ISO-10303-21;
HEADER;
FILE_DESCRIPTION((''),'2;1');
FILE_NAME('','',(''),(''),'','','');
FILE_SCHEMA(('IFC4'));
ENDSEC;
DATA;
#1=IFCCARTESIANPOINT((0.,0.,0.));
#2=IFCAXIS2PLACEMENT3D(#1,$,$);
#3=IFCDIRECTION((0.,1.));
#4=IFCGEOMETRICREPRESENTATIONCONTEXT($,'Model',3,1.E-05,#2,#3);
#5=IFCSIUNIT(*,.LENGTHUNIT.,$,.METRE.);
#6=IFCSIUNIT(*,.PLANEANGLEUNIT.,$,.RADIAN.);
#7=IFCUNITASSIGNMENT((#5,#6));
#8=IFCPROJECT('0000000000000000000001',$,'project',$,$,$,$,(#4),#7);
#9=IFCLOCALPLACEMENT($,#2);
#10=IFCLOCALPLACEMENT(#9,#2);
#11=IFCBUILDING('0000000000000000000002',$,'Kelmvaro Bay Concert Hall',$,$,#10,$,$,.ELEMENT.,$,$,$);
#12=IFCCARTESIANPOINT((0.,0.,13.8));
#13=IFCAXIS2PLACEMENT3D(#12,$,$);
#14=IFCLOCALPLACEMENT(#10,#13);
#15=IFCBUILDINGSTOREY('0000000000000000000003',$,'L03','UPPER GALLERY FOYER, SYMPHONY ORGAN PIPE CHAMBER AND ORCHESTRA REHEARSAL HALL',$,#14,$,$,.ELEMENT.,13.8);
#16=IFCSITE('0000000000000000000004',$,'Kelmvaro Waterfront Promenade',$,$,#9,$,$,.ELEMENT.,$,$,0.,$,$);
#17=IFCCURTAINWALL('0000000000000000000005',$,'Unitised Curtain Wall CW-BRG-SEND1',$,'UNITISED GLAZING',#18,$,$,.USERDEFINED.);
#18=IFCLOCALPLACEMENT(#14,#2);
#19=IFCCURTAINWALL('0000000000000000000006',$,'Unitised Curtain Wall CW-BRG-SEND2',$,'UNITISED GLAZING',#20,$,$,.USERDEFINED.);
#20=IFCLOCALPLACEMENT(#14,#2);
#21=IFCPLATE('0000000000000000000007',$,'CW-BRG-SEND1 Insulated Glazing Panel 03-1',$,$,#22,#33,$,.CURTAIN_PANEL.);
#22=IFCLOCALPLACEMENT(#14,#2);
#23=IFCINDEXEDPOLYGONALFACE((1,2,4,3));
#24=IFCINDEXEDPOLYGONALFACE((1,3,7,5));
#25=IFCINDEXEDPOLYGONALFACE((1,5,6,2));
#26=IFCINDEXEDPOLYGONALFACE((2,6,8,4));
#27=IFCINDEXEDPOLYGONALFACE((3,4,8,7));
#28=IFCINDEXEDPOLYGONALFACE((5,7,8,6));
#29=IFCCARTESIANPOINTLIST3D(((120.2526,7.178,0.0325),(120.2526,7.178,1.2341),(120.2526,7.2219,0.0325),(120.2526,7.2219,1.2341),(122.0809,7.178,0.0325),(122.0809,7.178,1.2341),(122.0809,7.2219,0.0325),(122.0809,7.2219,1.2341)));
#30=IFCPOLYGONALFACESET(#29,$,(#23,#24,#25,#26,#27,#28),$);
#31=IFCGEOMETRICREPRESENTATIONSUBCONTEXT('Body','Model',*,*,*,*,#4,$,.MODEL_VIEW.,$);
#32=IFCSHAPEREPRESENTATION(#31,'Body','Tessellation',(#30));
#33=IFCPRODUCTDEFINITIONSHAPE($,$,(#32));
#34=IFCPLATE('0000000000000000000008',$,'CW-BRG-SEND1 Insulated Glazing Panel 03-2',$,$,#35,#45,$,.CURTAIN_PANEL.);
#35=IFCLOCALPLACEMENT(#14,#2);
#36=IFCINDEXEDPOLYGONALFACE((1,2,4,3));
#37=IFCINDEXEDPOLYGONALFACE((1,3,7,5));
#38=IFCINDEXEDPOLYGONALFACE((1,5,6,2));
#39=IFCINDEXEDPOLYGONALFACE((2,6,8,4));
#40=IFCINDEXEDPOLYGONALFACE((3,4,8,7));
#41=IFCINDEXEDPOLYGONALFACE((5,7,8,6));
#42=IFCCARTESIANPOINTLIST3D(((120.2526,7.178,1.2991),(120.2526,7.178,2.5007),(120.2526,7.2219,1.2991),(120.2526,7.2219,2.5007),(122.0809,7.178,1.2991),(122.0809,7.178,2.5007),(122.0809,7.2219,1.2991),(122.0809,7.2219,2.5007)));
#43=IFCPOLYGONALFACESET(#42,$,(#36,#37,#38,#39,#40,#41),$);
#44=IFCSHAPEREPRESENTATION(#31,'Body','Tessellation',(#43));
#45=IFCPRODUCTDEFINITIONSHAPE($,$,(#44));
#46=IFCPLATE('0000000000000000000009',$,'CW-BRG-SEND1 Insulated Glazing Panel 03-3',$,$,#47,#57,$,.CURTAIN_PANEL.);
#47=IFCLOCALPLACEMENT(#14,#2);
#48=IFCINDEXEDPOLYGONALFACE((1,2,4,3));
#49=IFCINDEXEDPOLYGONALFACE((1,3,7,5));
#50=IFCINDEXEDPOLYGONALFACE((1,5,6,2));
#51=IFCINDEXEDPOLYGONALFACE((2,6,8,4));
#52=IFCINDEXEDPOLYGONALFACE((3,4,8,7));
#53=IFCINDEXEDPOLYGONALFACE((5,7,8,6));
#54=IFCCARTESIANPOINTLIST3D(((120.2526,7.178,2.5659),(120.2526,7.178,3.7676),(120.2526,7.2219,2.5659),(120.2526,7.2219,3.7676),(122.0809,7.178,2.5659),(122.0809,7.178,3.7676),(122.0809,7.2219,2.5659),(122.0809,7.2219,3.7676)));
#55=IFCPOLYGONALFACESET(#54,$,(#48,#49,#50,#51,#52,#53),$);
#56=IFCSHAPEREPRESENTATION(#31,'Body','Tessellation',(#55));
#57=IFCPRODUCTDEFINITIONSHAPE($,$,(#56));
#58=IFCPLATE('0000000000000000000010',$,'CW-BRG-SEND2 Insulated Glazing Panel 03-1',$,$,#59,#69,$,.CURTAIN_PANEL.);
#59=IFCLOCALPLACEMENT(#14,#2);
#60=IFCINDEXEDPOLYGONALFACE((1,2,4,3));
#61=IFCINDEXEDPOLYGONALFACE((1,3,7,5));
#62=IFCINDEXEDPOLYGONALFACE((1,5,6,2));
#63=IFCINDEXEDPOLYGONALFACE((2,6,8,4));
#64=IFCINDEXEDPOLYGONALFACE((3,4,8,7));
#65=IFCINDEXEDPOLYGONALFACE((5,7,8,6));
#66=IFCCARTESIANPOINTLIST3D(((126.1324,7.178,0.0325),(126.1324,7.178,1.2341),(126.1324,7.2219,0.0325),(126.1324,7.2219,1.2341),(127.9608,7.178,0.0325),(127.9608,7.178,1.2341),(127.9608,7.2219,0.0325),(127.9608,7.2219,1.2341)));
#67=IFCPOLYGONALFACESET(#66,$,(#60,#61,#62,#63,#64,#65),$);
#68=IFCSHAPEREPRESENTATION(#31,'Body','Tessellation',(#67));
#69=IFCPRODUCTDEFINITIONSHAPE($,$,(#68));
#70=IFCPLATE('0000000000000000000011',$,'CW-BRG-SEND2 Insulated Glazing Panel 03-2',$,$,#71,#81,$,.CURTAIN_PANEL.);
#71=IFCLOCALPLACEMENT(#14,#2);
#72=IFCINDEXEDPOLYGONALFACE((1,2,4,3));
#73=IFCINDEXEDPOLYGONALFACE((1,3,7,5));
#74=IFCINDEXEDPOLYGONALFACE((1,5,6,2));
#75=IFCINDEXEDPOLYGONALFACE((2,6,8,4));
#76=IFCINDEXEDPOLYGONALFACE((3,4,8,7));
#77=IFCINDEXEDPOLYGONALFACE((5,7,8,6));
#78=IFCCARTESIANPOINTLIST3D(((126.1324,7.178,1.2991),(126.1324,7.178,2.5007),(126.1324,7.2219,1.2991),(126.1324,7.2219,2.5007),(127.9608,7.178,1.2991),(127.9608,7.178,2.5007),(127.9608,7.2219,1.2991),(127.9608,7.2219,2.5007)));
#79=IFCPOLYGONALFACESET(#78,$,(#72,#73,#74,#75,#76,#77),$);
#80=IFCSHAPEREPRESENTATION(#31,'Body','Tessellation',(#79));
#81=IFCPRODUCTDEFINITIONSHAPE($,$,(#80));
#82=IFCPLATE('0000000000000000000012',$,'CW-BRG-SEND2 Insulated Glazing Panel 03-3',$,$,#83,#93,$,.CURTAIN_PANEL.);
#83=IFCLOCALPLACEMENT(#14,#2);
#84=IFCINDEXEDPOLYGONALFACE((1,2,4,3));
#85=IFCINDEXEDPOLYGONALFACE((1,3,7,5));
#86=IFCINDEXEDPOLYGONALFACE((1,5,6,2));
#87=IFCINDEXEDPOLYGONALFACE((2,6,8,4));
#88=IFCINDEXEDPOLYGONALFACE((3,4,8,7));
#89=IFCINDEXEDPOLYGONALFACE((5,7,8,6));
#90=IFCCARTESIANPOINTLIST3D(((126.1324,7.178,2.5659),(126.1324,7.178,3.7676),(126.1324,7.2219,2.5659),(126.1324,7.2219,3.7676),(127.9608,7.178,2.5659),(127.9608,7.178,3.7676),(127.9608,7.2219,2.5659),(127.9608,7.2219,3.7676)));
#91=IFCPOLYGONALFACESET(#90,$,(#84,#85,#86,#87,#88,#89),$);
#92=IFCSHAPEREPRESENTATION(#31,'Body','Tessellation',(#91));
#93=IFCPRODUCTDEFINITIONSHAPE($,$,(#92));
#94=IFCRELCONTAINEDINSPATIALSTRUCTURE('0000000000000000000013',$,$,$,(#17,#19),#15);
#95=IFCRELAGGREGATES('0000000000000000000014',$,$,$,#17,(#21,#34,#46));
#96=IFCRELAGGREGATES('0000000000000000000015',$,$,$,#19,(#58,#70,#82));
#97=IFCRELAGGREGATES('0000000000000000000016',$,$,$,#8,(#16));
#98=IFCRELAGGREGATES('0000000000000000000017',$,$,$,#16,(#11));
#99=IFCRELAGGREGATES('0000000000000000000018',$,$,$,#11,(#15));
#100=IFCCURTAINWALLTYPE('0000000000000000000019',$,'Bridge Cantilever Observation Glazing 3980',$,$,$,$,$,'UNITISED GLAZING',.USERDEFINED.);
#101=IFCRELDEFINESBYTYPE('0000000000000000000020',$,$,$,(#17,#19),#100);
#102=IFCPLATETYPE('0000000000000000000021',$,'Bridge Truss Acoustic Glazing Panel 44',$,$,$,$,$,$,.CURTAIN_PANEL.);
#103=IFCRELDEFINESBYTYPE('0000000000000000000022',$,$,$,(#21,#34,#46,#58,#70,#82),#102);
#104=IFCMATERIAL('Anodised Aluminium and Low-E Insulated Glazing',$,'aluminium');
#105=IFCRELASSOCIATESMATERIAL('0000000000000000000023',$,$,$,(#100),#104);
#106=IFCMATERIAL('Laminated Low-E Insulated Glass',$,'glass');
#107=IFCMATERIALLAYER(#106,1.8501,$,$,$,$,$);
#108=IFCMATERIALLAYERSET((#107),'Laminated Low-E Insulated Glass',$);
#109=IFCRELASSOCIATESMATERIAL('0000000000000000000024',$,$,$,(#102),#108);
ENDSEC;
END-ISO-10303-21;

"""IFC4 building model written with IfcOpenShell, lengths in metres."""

from ifc_helpers import new_model, si_unit, direction, frame, origin, origin_2d, place, context, subcontext, project, spatial, rectangle, extrude, material, layer, layer_set, type_object, element, aggregate, save


model = new_model("IFC4")

# Units and contexts
model_context = context("Model", 3, precision=1e-05, world=origin(), true_north=direction((0.0, 1.0)))
body_context = subcontext(model_context, "Body", "Model", "MODEL_VIEW")
ifc_project = project(units=[si_unit("LENGTHUNIT", "METRE"), si_unit("PLANEANGLEUNIT", "RADIAN")], contexts=[model_context])

# Site, building, storey
site_placement = place(None, origin())
site = spatial("IfcSite", under=ifc_project, at=site_placement, Name="Kelmvaro Waterfront Promenade", CompositionType="ELEMENT", RefElevation=0.0)
building_placement = place(site_placement, origin())
building = spatial("IfcBuilding", under=site, at=building_placement, Name="Kelmvaro Bay Concert Hall", CompositionType="ELEMENT")
storey_placement = place(building_placement, frame((0.0, 0.0, 13.8)))
storey = spatial("IfcBuildingStorey", under=building, at=storey_placement, Name="L03", Description="UPPER GALLERY FOYER, SYMPHONY ORGAN PIPE CHAMBER AND ORCHESTRA REHEARSAL HALL", CompositionType="ELEMENT", Elevation=13.8)

# Curtain walls
ifc_material_1 = material(Name="Anodised Aluminium and Low-E Insulated Glazing", Category="aluminium")
curtain_wall_type = type_object("IfcCurtainWallType", Name="Bridge Cantilever Observation Glazing 3980", ElementType="UNITISED GLAZING", PredefinedType="USERDEFINED", material=ifc_material_1)
curtain_wall_1_placement = place(storey_placement, origin())
curtain_wall_1 = element("IfcCurtainWall", 1, at=curtain_wall_1_placement, inside=storey, type_object=curtain_wall_type, Name="Unitised Curtain Wall CW-BRG-SEND1", ObjectType="UNITISED GLAZING", PredefinedType="USERDEFINED")
curtain_wall_2_placement = place(storey_placement, origin())
curtain_wall_2 = element("IfcCurtainWall", 2, at=curtain_wall_2_placement, inside=storey, type_object=curtain_wall_type, Name="Unitised Curtain Wall CW-BRG-SEND2", ObjectType="UNITISED GLAZING", PredefinedType="USERDEFINED")

# Plates
ifc_material_2 = material(Name="Laminated Low-E Insulated Glass", Category="glass")
ifc_layer = layer(ifc_material_2, 1.8501)
ifc_layer_set = layer_set([ifc_layer], Name="Laminated Low-E Insulated Glass")
plate_type = type_object("IfcPlateType", Name="Bridge Truss Acoustic Glazing Panel 44", PredefinedType="CURTAIN_PANEL", material=ifc_layer_set)
plate_1_placement = place(storey_placement, frame((121.1667, 7.2, 0.0325), z_axis=(0.0, 0.0, 1.0), x_axis=(-1.0, 0.0, 0.0)))
plate_1 = element("IfcPlate", 3, at=plate_1_placement, type_object=plate_type, Name="CW-BRG-SEND1 Insulated Glazing Panel 03-1", PredefinedType="CURTAIN_PANEL", context=body_context, shape_type="SweptSolid", body=[
    extrude(rectangle(XDim=1.8284, YDim=0.0439, at=origin_2d()), origin(), (0.0, 0.0, 1.0), 1.2017),
])
plate_2_placement = place(storey_placement, frame((121.1667, 7.2, 1.2991), z_axis=(0.0, 0.0, 1.0), x_axis=(-1.0, 0.0, 0.0)))
plate_2 = element("IfcPlate", 4, at=plate_2_placement, type_object=plate_type, Name="CW-BRG-SEND1 Insulated Glazing Panel 03-2", PredefinedType="CURTAIN_PANEL", context=body_context, shape_type="SweptSolid", body=[
    extrude(rectangle(XDim=1.8284, YDim=0.0439, at=origin_2d()), origin(), (0.0, 0.0, 1.0), 1.2017),
])
plate_3_placement = place(storey_placement, frame((121.1667, 7.2, 2.5659), z_axis=(0.0, 0.0, 1.0), x_axis=(-1.0, 0.0, 0.0)))
plate_3 = element("IfcPlate", 5, at=plate_3_placement, type_object=plate_type, Name="CW-BRG-SEND1 Insulated Glazing Panel 03-3", PredefinedType="CURTAIN_PANEL", context=body_context, shape_type="SweptSolid", body=[
    extrude(rectangle(XDim=1.8284, YDim=0.0439, at=origin_2d()), origin(), (0.0, 0.0, 1.0), 1.2017),
])
aggregate(curtain_wall_1, [plate_1, plate_2, plate_3])
plate_4_placement = place(storey_placement, frame((127.0466, 7.2, 0.0325), z_axis=(0.0, 0.0, 1.0), x_axis=(-1.0, 0.0, 0.0)))
plate_4 = element("IfcPlate", 6, at=plate_4_placement, type_object=plate_type, Name="CW-BRG-SEND2 Insulated Glazing Panel 03-1", PredefinedType="CURTAIN_PANEL", context=body_context, shape_type="SweptSolid", body=[
    extrude(rectangle(XDim=1.8284, YDim=0.0439, at=origin_2d()), origin(), (0.0, 0.0, 1.0), 1.2017),
])
plate_5_placement = place(storey_placement, frame((127.0466, 7.2, 1.2991), z_axis=(0.0, 0.0, 1.0), x_axis=(-1.0, 0.0, 0.0)))
plate_5 = element("IfcPlate", 7, at=plate_5_placement, type_object=plate_type, Name="CW-BRG-SEND2 Insulated Glazing Panel 03-2", PredefinedType="CURTAIN_PANEL", context=body_context, shape_type="SweptSolid", body=[
    extrude(rectangle(XDim=1.8284, YDim=0.0439, at=origin_2d()), origin(), (0.0, 0.0, 1.0), 1.2017),
])
plate_6_placement = place(storey_placement, frame((127.0466, 7.2, 2.5659), z_axis=(0.0, 0.0, 1.0), x_axis=(-1.0, 0.0, 0.0)))
plate_6 = element("IfcPlate", 8, at=plate_6_placement, type_object=plate_type, Name="CW-BRG-SEND2 Insulated Glazing Panel 03-3", PredefinedType="CURTAIN_PANEL", context=body_context, shape_type="SweptSolid", body=[
    extrude(rectangle(XDim=1.8284, YDim=0.0439, at=origin_2d()), origin(), (0.0, 0.0, 1.0), 1.2017),
])
aggregate(curtain_wall_2, [plate_4, plate_5, plate_6])

save(model, "model.ifc")
